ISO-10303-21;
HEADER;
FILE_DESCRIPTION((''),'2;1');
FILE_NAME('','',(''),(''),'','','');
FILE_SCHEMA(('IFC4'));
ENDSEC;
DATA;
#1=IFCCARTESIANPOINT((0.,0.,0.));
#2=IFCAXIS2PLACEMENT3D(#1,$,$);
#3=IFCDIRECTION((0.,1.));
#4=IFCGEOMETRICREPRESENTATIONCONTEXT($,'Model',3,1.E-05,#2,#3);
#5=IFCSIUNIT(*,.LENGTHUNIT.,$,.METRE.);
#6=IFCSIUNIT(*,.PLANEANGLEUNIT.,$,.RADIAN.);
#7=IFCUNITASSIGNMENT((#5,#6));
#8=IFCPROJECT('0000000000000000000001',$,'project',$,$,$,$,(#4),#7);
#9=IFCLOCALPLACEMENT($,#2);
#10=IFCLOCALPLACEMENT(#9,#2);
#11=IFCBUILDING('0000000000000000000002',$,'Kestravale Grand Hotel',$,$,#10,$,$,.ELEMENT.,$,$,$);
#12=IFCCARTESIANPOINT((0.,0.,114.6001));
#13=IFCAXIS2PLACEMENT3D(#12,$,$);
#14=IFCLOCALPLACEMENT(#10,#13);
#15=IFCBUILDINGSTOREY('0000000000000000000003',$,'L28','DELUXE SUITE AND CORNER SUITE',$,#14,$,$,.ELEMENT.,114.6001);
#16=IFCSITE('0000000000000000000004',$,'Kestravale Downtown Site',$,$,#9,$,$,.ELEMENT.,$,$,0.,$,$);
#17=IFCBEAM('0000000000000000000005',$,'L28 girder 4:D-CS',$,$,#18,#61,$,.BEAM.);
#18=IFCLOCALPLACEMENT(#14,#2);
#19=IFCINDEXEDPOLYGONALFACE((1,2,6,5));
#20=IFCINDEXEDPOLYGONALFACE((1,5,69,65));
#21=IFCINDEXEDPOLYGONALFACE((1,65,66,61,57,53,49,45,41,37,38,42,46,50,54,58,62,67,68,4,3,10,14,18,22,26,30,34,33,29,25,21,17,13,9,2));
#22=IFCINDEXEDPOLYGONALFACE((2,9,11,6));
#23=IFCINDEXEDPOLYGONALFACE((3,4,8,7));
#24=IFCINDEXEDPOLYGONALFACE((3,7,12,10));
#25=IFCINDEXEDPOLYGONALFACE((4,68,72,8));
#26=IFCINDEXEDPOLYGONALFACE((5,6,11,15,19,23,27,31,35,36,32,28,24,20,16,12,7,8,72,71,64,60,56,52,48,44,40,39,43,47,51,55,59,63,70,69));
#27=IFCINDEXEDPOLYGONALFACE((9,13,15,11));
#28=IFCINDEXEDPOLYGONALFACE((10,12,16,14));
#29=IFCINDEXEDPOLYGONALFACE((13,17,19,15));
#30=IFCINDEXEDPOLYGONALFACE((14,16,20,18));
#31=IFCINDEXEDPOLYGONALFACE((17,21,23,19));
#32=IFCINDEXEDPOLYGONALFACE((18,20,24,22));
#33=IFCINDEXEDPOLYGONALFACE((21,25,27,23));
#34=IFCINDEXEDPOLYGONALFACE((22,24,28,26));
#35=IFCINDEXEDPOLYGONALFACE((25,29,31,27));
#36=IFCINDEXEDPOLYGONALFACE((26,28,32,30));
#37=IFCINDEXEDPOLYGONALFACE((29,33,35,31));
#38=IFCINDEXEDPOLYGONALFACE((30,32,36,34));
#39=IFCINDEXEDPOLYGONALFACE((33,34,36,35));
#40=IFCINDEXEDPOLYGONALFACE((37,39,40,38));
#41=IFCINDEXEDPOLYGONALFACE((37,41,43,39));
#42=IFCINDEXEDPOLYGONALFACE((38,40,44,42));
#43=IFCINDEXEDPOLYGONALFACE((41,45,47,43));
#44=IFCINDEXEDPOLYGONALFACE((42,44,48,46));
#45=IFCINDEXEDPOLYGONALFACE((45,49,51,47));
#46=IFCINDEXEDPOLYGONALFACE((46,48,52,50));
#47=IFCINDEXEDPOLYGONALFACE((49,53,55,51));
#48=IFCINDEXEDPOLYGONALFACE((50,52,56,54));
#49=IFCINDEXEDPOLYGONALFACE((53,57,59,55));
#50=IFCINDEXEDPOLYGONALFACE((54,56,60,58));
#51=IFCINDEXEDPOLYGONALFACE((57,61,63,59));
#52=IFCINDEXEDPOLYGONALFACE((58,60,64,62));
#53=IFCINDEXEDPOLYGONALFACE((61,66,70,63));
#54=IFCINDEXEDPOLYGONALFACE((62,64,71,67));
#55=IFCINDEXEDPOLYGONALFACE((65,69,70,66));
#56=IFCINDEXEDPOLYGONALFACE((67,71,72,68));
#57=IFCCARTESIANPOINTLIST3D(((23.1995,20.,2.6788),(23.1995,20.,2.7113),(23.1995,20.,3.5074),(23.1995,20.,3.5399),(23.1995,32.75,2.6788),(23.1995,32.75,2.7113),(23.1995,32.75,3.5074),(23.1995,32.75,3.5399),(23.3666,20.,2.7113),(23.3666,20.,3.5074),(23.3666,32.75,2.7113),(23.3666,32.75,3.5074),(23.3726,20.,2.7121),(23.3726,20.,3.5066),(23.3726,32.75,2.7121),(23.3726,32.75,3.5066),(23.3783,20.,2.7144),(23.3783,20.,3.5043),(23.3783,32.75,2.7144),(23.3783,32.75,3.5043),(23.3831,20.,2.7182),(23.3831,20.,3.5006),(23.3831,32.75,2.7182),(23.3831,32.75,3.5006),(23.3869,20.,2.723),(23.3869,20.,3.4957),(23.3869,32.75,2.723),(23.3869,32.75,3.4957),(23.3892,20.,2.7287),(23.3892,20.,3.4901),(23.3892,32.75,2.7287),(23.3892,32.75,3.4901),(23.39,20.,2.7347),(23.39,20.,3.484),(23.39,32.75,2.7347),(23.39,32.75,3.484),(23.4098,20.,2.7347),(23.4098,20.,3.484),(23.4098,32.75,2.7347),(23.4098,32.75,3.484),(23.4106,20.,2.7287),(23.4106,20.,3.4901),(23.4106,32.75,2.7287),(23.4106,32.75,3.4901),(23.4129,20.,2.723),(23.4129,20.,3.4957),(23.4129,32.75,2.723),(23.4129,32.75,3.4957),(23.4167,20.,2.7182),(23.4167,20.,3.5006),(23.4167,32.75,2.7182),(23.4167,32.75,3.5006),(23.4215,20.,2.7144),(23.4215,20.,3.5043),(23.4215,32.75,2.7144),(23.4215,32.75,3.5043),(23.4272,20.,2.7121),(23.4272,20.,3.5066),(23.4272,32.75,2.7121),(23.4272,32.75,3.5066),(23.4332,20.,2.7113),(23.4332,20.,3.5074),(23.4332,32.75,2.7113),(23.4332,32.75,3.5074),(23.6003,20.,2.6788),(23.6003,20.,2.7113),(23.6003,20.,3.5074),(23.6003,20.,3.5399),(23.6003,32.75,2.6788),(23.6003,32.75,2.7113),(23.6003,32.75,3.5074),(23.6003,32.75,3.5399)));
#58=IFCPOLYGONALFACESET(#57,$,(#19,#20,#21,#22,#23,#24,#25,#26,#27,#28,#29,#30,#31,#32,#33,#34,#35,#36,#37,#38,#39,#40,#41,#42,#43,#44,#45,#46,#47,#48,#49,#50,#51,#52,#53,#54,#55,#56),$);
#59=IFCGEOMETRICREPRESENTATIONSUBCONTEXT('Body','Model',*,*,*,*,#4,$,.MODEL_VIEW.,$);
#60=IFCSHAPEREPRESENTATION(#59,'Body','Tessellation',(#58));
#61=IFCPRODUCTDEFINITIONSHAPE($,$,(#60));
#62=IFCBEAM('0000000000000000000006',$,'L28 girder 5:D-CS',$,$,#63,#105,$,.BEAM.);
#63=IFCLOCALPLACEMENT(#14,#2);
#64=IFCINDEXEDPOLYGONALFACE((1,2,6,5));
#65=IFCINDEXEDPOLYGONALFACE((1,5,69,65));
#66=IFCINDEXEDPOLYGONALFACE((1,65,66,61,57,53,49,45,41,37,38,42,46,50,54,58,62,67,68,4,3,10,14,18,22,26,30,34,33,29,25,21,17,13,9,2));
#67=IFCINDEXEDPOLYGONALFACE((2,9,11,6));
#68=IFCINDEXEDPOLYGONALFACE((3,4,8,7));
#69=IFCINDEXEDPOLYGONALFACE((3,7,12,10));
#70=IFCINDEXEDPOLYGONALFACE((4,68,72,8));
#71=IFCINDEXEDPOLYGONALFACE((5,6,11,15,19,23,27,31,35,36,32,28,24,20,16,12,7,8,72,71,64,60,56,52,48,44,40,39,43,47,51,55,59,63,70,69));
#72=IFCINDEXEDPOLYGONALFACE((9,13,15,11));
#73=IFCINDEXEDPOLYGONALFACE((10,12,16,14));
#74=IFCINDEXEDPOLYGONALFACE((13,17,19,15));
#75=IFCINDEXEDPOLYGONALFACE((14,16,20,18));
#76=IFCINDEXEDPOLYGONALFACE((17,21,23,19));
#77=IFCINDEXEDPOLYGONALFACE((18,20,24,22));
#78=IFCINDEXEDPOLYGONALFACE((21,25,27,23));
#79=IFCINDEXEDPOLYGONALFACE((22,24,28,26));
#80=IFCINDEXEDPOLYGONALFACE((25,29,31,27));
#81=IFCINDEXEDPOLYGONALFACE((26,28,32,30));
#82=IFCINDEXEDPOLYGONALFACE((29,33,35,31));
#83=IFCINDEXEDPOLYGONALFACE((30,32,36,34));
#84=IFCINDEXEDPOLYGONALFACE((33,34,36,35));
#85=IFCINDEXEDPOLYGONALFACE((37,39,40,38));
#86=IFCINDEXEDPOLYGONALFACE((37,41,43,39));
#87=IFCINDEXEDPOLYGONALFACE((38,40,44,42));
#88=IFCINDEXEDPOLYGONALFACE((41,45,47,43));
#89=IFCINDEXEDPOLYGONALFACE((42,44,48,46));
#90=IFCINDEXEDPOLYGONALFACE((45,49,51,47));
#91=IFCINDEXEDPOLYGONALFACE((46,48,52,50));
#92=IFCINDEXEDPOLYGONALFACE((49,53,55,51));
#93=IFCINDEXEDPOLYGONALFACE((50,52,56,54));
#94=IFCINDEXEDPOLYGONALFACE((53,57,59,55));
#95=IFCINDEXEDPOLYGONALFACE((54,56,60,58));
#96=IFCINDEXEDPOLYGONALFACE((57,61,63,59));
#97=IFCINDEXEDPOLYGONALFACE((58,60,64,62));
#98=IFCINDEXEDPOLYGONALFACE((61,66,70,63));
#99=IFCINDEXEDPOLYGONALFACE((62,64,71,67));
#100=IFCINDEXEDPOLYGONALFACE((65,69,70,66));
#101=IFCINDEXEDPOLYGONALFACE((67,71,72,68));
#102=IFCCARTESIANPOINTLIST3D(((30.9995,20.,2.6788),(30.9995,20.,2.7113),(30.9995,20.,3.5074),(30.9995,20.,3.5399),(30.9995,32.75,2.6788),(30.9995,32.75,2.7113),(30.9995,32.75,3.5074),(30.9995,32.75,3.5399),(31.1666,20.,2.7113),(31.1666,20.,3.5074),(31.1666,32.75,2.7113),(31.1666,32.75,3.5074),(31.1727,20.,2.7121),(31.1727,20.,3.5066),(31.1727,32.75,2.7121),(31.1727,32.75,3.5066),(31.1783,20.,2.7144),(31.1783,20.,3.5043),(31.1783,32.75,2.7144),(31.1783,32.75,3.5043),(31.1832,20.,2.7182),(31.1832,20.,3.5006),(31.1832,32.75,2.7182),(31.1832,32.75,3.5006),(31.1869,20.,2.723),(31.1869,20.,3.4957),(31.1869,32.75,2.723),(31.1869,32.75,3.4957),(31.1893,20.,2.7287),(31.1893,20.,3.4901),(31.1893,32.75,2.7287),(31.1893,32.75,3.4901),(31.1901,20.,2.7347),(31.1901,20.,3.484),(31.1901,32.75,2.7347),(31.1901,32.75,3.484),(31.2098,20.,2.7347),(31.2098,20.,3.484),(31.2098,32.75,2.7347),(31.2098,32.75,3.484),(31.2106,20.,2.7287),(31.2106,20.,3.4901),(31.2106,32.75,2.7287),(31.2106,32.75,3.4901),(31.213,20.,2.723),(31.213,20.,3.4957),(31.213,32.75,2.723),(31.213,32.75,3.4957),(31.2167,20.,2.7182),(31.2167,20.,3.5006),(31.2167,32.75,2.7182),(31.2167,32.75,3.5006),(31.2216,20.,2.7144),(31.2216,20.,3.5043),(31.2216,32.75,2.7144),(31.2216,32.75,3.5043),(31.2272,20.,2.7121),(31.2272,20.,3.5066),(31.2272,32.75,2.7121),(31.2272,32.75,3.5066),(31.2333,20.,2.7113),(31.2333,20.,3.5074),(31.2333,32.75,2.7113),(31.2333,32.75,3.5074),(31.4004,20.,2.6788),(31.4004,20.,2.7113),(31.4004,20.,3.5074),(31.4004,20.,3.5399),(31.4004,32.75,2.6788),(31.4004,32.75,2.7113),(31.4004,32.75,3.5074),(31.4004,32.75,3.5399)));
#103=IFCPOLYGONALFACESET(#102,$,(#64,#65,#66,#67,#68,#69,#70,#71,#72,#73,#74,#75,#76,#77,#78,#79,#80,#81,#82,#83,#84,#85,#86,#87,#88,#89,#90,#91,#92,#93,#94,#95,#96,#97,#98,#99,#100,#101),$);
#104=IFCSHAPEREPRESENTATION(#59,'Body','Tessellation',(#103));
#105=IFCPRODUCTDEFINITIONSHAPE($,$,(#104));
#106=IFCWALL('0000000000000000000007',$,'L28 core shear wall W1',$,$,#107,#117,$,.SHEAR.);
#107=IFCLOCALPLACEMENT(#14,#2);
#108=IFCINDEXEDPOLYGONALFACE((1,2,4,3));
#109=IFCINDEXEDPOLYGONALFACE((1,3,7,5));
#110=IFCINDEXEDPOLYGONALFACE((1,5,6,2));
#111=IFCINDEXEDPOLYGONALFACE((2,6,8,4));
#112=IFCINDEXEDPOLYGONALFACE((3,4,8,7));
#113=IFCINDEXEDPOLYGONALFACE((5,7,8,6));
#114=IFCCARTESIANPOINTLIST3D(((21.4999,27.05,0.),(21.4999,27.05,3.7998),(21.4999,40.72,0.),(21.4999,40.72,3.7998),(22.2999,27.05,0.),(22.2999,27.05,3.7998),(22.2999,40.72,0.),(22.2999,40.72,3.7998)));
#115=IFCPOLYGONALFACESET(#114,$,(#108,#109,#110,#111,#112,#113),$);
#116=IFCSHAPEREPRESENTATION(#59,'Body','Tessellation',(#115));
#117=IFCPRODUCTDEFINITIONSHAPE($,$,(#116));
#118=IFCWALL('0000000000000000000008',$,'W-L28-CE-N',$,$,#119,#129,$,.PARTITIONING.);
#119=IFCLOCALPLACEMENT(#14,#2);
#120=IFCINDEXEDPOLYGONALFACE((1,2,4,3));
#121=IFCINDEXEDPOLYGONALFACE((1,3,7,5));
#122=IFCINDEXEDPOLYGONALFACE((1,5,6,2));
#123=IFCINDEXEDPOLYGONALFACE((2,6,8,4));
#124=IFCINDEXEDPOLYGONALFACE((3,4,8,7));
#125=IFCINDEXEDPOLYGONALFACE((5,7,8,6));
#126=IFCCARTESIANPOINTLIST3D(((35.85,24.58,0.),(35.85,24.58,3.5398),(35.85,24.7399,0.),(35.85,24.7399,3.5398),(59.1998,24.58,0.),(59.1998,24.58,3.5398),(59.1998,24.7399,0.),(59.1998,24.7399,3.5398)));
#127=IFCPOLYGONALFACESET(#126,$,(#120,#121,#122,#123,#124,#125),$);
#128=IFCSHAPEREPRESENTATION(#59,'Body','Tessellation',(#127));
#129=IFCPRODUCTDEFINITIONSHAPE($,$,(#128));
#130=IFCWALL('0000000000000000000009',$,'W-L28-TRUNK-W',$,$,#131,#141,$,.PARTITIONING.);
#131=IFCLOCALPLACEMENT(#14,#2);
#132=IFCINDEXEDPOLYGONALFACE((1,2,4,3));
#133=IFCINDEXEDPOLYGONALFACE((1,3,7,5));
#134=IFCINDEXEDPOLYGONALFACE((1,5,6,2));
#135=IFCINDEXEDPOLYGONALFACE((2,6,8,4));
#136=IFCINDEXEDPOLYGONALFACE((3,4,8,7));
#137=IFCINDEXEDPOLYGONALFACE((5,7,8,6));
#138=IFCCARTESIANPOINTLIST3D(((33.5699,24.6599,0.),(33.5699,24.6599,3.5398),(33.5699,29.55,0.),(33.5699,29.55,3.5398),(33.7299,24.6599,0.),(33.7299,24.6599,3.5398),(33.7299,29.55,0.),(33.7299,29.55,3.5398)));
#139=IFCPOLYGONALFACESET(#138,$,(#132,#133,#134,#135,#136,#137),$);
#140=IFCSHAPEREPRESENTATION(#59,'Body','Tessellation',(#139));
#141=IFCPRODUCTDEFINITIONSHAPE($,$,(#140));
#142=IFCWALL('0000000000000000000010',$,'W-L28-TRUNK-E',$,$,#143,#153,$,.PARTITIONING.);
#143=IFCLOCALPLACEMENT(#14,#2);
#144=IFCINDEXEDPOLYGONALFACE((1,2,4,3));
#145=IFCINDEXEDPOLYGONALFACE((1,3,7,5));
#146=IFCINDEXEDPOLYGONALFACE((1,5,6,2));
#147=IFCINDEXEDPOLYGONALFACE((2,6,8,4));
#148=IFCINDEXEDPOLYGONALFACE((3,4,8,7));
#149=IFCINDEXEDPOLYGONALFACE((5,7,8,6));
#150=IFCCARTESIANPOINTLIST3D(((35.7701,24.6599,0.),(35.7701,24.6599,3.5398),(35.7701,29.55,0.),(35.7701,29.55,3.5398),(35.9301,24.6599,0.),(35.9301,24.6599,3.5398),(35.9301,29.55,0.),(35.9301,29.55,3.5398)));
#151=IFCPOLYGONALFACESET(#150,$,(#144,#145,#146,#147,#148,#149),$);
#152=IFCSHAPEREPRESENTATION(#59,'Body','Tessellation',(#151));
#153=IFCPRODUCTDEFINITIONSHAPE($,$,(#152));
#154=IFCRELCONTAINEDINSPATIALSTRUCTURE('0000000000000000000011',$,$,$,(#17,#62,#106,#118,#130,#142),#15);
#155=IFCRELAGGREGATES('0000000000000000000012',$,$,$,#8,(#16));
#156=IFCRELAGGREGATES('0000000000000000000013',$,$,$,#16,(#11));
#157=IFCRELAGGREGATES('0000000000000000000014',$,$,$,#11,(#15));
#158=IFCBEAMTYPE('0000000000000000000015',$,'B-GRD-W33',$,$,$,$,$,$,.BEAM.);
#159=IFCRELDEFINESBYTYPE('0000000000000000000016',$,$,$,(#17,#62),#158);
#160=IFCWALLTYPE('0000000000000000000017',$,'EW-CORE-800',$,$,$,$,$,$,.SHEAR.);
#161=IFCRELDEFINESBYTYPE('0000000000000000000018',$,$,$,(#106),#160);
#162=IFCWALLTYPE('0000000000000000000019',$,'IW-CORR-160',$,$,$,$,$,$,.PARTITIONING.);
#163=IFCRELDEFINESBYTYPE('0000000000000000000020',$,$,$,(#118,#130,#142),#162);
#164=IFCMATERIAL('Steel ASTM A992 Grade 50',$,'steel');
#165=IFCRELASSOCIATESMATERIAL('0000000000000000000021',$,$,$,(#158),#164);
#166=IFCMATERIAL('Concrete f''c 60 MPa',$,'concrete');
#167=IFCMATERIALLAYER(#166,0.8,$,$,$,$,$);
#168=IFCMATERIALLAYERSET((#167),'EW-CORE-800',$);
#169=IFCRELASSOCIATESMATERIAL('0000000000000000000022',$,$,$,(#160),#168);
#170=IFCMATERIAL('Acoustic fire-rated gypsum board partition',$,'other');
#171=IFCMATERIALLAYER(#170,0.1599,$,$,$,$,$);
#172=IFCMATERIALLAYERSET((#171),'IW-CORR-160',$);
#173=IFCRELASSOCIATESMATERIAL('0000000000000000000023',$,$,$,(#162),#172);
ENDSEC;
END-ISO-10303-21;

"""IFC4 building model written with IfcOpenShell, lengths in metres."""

from ifc_helpers import new_model, si_unit, direction, frame, frame_2d, origin, origin_2d, place, context, subcontext, project, spatial, rectangle, i_section, extrude, material, layer, layer_set, material_profile, profile_set, type_object, element, save


model = new_model("IFC4")

# Units and contexts
model_context = context("Model", 3, precision=1e-05, world=origin(), true_north=direction((0.0, 1.0)))
body_context = subcontext(model_context, "Body", "Model", "MODEL_VIEW")
ifc_project = project(units=[si_unit("LENGTHUNIT", "METRE"), si_unit("PLANEANGLEUNIT", "RADIAN")], contexts=[model_context])

# Site, building, storey
site_placement = place(None, origin())
site = spatial("IfcSite", under=ifc_project, at=site_placement, Name="Kestravale Downtown Site", CompositionType="ELEMENT", RefElevation=0.0)
building_placement = place(site_placement, origin())
building = spatial("IfcBuilding", under=site, at=building_placement, Name="Kestravale Grand Hotel", CompositionType="ELEMENT")
storey_placement = place(building_placement, frame((0.0, 0.0, 114.6001)))
storey = spatial("IfcBuildingStorey", under=building, at=storey_placement, Name="L28", Description="DELUXE SUITE AND CORNER SUITE", CompositionType="ELEMENT", Elevation=114.6001)

# Beams
ifc_material_1 = material(Name="Steel ASTM A992 Grade 50", Category="steel")
ifc_material_profile_1 = material_profile(ifc_material_1, i_section(OverallWidth=0.4009, OverallDepth=0.8611, WebThickness=0.0198, FlangeThickness=0.0325, FilletRadius=0.0234, at=origin_2d()))
ifc_profile_set_1 = profile_set([ifc_material_profile_1], Name="Steel ASTM A992 Grade 50")
beam_type_1 = type_object("IfcBeamType", Name="B-GRD-W33", PredefinedType="BEAM", material=ifc_profile_set_1)
for number, where, z_axis, x_axis, name in (
    (1, (23.3999, 20.0, 3.1094), (0.0, 1.0, 0.0), (-1.0, 0.0, 0.0), "L28 girder 4:D-CS"),
    (2, (31.2, 20.0, 3.1094), (0.0, 1.0, 0.0), (-1.0, 0.0, 0.0), "L28 girder 5:D-CS"),
):
    element("IfcBeam", number, at=place(storey_placement, frame(where, z_axis=z_axis, x_axis=x_axis)), inside=storey, type_object=beam_type_1, Name=name, PredefinedType="BEAM", context=body_context, shape_type="SweptSolid", body=[
        extrude(i_section(OverallWidth=0.4009, OverallDepth=0.8611, WebThickness=0.0198, FlangeThickness=0.0325, FilletRadius=0.0234, at=origin_2d()), origin(), (0.0, 0.0, 1.0), 12.75),
    ])

# Walls
ifc_material_2 = material(Name="Concrete f'c 60 MPa", Category="concrete")
ifc_layer_1 = layer(ifc_material_2, 0.8)
ifc_layer_set_1 = layer_set([ifc_layer_1], Name="EW-CORE-800")
wall_type_1 = type_object("IfcWallType", Name="EW-CORE-800", PredefinedType="SHEAR", material=ifc_layer_set_1)
wall_1_placement = place(storey_placement, frame((21.8999, 27.05, 0.0), z_axis=(0.0, 0.0, 1.0), x_axis=(0.0, 1.0, 0.0)))
element("IfcWall", 3, at=wall_1_placement, inside=storey, type_object=wall_type_1, Name="L28 core shear wall W1", PredefinedType="SHEAR", context=body_context, shape_type="SweptSolid", body=[
    extrude(rectangle(XDim=13.6699, YDim=0.8, at=frame_2d((6.835, 0.0))), origin(), (0.0, 0.0, 1.0), 3.7998),
])
ifc_material_3 = material(Name="Acoustic fire-rated gypsum board partition", Category="other")
ifc_layer_2 = layer(ifc_material_3, 0.1599)
ifc_layer_set_2 = layer_set([ifc_layer_2], Name="IW-CORR-160")
wall_type_2 = type_object("IfcWallType", Name="IW-CORR-160", PredefinedType="PARTITIONING", material=ifc_layer_set_2)
wall_2_placement = place(storey_placement, frame((35.8501, 24.6599, 0.0), z_axis=(0.0, 0.0, 1.0), x_axis=(1.0, 0.0, 0.0)))
element("IfcWall", 4, at=wall_2_placement, inside=storey, type_object=wall_type_2, Name="W-L28-CE-N", PredefinedType="PARTITIONING", context=body_context, shape_type="SweptSolid", body=[
    extrude(rectangle(XDim=23.3499, YDim=0.1599, at=frame_2d((11.6748, 0.0))), origin(), (0.0, 0.0, 1.0), 3.5398),
])
for number, where, z_axis, x_axis, name in (
    (5, (33.6499, 24.6599, 0.0), (0.0, 0.0, 1.0), (0.0, 1.0, 0.0), "W-L28-TRUNK-W"),
    (6, (35.8501, 24.6599, 0.0), (0.0, 0.0, 1.0), (0.0, 1.0, 0.0), "W-L28-TRUNK-E"),
):
    element("IfcWall", number, at=place(storey_placement, frame(where, z_axis=z_axis, x_axis=x_axis)), inside=storey, type_object=wall_type_2, Name=name, PredefinedType="PARTITIONING", context=body_context, shape_type="SweptSolid", body=[
        extrude(rectangle(XDim=4.8901, YDim=0.1599, at=frame_2d((2.4451, 0.0))), origin(), (0.0, 0.0, 1.0), 3.5398),
    ])

save(model, "model.ifc")
